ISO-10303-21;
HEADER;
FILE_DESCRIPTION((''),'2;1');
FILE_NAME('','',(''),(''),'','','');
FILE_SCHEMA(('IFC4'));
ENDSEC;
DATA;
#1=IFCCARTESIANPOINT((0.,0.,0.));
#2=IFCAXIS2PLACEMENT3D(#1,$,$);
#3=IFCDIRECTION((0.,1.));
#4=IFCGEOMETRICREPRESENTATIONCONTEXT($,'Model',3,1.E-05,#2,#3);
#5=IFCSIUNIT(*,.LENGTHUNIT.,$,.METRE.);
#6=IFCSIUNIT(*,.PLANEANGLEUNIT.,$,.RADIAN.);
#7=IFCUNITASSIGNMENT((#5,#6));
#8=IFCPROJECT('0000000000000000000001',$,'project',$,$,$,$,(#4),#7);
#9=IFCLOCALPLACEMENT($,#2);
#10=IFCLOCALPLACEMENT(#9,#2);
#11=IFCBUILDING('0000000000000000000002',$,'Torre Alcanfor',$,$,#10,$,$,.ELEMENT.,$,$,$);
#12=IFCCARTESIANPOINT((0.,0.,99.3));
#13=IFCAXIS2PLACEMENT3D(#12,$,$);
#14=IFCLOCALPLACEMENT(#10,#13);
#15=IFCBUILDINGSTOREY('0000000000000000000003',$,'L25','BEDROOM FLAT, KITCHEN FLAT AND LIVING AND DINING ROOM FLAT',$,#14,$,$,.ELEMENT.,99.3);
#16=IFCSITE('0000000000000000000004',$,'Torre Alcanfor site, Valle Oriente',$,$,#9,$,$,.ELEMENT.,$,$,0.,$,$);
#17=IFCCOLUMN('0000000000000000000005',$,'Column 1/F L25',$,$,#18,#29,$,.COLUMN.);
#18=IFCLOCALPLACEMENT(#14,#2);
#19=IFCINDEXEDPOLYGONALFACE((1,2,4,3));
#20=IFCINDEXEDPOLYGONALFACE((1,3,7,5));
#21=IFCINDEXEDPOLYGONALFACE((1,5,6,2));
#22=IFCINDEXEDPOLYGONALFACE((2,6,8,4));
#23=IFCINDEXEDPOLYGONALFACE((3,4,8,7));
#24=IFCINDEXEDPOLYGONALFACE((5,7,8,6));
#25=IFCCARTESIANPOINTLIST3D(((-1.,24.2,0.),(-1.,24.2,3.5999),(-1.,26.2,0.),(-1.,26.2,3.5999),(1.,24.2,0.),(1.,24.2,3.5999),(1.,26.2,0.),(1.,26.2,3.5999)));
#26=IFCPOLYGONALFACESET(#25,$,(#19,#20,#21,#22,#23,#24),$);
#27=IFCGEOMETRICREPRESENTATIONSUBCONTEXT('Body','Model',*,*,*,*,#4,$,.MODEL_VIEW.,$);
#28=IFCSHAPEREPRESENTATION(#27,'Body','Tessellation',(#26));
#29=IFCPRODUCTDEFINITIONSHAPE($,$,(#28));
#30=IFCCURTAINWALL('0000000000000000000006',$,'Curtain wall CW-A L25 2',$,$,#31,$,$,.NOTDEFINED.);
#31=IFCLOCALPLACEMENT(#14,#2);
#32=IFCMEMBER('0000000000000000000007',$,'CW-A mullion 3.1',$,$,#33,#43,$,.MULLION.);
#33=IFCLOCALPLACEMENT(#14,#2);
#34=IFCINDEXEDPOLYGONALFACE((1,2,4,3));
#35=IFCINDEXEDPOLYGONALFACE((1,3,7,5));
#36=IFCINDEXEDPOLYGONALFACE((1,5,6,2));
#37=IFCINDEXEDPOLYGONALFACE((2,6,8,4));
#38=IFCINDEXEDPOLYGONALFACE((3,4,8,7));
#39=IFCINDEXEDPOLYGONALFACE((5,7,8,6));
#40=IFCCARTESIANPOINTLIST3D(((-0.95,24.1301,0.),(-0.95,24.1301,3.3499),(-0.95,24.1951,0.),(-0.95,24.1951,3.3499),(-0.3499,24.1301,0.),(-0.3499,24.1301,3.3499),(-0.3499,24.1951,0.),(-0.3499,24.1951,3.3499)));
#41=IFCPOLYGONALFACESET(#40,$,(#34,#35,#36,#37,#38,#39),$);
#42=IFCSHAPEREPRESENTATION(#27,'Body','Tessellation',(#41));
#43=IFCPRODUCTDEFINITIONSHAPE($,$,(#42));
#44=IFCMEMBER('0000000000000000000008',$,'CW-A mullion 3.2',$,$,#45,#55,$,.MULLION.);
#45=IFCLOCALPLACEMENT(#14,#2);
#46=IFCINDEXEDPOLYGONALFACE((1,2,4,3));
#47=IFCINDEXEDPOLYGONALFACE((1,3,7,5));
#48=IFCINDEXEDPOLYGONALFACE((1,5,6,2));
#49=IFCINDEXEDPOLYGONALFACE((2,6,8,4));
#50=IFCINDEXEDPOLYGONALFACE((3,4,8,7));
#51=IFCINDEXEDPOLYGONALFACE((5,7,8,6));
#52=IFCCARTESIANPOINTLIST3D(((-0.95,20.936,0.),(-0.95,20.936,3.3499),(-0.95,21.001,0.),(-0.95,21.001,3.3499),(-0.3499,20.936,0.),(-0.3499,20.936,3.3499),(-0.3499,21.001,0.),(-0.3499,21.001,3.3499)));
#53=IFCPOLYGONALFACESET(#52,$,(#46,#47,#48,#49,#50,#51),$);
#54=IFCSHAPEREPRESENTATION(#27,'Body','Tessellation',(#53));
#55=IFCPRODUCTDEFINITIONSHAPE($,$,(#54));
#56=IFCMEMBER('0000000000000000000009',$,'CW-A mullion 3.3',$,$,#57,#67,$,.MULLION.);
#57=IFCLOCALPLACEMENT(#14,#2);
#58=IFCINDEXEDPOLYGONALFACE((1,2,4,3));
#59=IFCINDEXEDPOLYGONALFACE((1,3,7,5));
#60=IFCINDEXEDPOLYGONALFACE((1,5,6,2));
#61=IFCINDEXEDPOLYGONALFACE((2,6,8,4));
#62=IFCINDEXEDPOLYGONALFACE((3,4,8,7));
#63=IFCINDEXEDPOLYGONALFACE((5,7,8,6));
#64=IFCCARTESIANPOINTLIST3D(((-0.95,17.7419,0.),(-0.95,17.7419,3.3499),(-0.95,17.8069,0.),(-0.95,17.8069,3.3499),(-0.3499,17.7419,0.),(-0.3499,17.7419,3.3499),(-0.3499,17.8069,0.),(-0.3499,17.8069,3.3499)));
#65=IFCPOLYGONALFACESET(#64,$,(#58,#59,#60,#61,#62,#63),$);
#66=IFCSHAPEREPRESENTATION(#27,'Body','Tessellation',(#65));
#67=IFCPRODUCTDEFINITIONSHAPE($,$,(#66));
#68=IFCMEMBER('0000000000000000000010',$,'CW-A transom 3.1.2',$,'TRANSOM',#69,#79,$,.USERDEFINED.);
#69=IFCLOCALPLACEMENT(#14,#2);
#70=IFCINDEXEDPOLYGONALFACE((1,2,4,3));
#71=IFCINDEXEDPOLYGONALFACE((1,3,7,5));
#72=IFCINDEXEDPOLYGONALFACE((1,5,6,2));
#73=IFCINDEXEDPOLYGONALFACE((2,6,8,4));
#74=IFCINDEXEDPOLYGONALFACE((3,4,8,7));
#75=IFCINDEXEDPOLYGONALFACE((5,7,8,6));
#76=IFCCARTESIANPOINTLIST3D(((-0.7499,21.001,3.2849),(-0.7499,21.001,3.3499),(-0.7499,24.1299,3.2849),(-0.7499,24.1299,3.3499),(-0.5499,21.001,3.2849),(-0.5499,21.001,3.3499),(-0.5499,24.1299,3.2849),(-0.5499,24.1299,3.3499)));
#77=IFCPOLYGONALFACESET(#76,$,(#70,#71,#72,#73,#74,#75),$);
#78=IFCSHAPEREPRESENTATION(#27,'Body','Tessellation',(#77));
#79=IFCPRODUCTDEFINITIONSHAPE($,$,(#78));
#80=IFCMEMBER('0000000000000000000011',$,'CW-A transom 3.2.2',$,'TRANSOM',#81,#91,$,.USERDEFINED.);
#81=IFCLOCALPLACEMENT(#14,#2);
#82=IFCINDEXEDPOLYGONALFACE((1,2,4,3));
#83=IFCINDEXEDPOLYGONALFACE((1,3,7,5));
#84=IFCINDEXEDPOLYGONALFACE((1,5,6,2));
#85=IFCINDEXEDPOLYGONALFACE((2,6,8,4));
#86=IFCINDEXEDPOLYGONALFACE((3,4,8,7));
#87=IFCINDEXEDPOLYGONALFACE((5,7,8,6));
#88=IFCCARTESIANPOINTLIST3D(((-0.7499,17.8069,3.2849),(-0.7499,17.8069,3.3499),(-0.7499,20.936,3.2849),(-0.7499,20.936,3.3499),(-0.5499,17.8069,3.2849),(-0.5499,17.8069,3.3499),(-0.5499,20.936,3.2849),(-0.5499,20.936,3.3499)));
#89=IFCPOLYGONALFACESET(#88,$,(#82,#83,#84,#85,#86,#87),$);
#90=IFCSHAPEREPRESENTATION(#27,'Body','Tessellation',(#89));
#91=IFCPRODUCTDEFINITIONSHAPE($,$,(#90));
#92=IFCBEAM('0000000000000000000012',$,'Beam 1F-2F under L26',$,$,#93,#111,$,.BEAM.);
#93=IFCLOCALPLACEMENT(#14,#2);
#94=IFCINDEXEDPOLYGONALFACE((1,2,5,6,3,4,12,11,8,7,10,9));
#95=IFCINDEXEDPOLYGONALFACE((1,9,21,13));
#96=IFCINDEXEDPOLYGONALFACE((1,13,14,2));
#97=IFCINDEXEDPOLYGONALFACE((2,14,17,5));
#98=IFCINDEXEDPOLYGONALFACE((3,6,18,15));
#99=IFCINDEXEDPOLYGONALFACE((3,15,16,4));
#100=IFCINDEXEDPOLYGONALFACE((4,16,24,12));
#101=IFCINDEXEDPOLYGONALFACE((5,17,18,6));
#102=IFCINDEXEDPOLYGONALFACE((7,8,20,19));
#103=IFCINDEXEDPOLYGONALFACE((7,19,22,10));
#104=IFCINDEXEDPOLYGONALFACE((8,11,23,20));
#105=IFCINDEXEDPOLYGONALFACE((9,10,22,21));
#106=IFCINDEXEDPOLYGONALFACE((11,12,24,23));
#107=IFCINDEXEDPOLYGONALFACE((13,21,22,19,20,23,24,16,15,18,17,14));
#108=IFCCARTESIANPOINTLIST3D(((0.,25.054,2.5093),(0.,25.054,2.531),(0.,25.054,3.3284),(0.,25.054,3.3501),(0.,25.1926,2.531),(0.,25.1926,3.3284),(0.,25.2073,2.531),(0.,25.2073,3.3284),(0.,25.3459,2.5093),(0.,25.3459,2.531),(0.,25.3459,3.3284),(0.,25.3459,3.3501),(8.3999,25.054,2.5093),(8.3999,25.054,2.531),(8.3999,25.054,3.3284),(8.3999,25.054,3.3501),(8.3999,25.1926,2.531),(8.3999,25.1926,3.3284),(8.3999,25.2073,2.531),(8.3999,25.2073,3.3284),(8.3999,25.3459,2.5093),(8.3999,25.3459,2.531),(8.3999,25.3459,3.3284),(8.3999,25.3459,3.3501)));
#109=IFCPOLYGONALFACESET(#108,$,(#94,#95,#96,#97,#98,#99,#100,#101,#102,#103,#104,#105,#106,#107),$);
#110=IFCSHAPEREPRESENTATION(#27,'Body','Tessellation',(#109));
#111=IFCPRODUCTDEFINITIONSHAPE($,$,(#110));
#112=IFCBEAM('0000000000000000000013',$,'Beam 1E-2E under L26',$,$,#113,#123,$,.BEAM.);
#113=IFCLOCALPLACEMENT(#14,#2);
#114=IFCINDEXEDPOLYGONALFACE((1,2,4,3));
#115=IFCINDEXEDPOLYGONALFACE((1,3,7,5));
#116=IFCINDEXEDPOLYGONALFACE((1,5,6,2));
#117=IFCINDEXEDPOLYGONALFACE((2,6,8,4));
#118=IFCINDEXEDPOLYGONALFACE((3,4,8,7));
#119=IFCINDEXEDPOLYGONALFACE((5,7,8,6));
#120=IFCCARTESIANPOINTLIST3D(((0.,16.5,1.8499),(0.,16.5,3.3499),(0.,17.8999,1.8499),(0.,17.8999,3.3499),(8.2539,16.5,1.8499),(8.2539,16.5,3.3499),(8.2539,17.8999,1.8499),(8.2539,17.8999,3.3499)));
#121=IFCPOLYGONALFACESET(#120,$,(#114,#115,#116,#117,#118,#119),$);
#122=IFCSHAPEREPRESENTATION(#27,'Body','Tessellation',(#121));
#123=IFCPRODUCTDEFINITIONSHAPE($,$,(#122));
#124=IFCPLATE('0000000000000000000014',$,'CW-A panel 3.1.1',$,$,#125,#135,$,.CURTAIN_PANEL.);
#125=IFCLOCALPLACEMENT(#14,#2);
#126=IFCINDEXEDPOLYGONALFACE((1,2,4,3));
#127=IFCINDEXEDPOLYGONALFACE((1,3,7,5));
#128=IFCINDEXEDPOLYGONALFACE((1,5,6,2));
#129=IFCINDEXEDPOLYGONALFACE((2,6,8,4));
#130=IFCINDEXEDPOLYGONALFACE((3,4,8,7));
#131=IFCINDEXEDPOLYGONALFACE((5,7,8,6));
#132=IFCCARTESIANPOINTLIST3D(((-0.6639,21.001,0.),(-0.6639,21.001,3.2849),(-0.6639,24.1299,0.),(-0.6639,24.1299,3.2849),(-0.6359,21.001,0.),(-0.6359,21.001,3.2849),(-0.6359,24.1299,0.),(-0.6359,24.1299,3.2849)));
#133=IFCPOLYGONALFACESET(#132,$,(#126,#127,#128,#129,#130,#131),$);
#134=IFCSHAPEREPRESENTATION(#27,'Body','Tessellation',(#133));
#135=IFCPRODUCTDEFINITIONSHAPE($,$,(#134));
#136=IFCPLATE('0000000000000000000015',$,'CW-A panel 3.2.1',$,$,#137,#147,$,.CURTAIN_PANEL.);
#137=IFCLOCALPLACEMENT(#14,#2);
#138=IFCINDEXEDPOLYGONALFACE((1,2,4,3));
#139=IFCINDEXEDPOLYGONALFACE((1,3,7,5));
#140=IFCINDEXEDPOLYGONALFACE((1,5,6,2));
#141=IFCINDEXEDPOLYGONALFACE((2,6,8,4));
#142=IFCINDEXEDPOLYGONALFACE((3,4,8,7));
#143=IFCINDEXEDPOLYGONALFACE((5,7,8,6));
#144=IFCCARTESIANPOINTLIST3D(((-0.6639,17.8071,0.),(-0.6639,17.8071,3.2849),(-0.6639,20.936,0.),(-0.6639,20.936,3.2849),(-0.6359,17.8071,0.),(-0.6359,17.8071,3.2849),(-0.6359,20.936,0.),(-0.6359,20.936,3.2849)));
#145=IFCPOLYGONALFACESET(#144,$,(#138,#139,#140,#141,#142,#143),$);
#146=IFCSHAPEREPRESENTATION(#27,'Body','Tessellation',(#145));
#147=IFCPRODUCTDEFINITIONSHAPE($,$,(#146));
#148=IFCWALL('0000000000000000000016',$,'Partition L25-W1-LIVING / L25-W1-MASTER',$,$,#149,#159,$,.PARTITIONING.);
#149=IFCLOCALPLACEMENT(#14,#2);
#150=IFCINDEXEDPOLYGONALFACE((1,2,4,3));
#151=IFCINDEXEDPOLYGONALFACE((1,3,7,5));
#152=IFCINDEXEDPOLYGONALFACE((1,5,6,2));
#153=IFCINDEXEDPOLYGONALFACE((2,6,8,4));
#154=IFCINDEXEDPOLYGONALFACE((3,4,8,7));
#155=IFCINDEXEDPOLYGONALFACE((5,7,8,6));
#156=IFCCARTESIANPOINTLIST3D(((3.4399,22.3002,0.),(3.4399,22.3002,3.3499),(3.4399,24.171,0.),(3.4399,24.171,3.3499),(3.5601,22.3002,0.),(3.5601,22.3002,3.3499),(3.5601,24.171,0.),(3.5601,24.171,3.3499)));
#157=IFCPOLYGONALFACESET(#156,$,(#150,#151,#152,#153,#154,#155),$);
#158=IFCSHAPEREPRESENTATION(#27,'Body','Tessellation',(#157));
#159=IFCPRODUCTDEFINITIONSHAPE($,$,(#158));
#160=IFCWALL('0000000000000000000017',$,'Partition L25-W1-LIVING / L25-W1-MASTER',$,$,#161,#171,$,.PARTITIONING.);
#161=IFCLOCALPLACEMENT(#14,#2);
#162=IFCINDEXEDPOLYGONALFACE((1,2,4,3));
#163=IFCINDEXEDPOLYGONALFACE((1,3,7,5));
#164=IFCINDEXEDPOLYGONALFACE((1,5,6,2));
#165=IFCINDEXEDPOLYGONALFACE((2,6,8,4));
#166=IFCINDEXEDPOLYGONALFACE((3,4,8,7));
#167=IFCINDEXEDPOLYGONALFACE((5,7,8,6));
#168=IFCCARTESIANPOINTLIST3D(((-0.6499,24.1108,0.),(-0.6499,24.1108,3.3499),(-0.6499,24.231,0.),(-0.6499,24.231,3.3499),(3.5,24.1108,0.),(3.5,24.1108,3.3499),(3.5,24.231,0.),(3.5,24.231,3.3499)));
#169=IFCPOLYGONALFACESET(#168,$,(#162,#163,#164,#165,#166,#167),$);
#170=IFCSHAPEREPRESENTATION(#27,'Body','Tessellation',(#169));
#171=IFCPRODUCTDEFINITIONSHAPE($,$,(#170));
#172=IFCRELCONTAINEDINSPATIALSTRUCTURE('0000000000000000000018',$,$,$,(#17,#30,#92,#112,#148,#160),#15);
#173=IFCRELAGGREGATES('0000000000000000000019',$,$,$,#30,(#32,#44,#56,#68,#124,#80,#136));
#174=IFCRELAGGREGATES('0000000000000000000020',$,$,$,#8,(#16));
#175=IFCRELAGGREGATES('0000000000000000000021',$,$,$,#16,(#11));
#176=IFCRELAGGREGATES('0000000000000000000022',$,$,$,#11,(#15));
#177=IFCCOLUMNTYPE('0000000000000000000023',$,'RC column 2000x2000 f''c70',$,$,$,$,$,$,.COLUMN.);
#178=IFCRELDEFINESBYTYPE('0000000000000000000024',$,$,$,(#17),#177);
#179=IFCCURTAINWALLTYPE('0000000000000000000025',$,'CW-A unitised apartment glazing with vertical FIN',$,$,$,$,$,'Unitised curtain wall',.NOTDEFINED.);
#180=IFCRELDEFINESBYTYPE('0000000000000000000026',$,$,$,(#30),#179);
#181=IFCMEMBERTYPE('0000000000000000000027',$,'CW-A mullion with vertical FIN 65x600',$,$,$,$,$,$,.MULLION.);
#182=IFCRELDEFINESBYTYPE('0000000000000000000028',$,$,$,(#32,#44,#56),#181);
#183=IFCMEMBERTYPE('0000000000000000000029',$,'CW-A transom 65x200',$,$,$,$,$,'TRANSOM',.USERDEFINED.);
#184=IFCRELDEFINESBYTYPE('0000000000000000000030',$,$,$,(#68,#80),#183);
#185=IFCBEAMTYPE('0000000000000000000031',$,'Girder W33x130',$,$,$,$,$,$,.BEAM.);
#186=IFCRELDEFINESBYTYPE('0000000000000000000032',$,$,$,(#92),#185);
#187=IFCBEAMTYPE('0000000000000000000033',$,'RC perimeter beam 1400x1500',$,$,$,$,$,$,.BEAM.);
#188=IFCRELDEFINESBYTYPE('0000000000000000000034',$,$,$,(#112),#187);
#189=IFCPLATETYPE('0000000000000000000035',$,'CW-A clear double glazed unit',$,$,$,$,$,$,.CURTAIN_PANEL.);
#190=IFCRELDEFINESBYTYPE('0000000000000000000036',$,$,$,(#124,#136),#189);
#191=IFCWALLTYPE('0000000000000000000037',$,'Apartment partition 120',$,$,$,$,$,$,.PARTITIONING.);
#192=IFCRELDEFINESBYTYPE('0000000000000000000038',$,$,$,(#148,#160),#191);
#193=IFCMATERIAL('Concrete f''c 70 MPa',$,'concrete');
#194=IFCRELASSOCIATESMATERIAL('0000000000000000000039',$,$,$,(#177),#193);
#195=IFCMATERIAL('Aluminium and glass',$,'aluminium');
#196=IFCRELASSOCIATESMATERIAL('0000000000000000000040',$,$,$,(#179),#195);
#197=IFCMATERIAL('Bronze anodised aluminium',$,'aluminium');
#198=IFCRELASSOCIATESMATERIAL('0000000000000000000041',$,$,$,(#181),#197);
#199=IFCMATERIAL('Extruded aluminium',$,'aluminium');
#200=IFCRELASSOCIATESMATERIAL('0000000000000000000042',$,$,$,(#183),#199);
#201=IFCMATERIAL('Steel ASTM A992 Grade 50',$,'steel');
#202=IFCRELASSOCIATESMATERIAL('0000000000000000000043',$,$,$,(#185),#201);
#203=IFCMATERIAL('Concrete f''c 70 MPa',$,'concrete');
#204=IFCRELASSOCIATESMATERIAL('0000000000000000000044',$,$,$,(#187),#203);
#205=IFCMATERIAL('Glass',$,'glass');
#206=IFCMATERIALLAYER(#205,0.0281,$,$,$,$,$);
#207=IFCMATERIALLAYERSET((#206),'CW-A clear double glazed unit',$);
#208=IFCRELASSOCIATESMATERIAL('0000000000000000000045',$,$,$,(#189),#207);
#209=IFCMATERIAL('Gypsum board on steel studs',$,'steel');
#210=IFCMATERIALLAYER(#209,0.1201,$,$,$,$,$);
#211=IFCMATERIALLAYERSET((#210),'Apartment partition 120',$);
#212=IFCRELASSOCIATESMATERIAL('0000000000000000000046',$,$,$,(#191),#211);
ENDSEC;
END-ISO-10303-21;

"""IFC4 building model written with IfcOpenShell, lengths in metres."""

from ifc_helpers import new_model, si_unit, direction, frame, frame_2d, origin, origin_2d, place, context, subcontext, project, spatial, rectangle, i_section, extrude, material, layer, layer_set, material_profile, profile_set, type_object, element, aggregate, save


model = new_model("IFC4")

# Units and contexts
model_context = context("Model", 3, precision=1e-05, world=origin(), true_north=direction((0.0, 1.0)))
body_context = subcontext(model_context, "Body", "Model", "MODEL_VIEW")
ifc_project = project(units=[si_unit("LENGTHUNIT", "METRE"), si_unit("PLANEANGLEUNIT", "RADIAN")], contexts=[model_context])

# Site, building, storey
site_placement = place(None, origin())
site = spatial("IfcSite", under=ifc_project, at=site_placement, Name="Torre Alcanfor site, Valle Oriente", CompositionType="ELEMENT", RefElevation=0.0)
building_placement = place(site_placement, origin())
building = spatial("IfcBuilding", under=site, at=building_placement, Name="Torre Alcanfor", CompositionType="ELEMENT")
storey_placement = place(building_placement, frame((0.0, 0.0, 99.3)))
storey = spatial("IfcBuildingStorey", under=building, at=storey_placement, Name="L25", Description="BEDROOM FLAT, KITCHEN FLAT AND LIVING AND DINING ROOM FLAT", CompositionType="ELEMENT", Elevation=99.3)

# Column
ifc_material_1 = material(Name="Concrete f'c 70 MPa", Category="concrete")
ifc_material_profile_1 = material_profile(ifc_material_1, rectangle(XDim=2.0, YDim=2.0, at=origin_2d()), Name="2000x2000")
ifc_profile_set_1 = profile_set([ifc_material_profile_1], Name="Concrete f'c 70 MPa")
column_type = type_object("IfcColumnType", Name="RC column 2000x2000 f'c70", PredefinedType="COLUMN", material=ifc_profile_set_1)
column_placement = place(storey_placement, frame((0.0, 25.2, 0.0), z_axis=(0.0, 0.0, 1.0), x_axis=(1.0, 0.0, 0.0)))
element("IfcColumn", 1, at=column_placement, inside=storey, type_object=column_type, Name="Column 1/F L25", PredefinedType="COLUMN", context=body_context, shape_type="SweptSolid", body=[
    extrude(rectangle(XDim=2.0, YDim=2.0, at=origin_2d()), origin(), (0.0, 0.0, 1.0), 3.5999),
])

# Curtain wall, members
ifc_material_2 = material(Name="Aluminium and glass", Category="aluminium")
curtain_wall_type = type_object("IfcCurtainWallType", Name="CW-A unitised apartment glazing with vertical FIN", ElementType="Unitised curtain wall", PredefinedType="NOTDEFINED", material=ifc_material_2)
curtain_wall_placement = place(storey_placement, origin())
curtain_wall = element("IfcCurtainWall", 2, at=curtain_wall_placement, inside=storey, type_object=curtain_wall_type, Name="Curtain wall CW-A L25 2", PredefinedType="NOTDEFINED")
ifc_material_3 = material(Name="Bronze anodised aluminium", Category="aluminium")
ifc_material_profile_2 = material_profile(ifc_material_3, rectangle(XDim=0.6001, YDim=0.0649, at=origin_2d()), Name="CW-A mullion 65x600")
ifc_profile_set_2 = profile_set([ifc_material_profile_2], Name="Bronze anodised aluminium")
member_type_1 = type_object("IfcMemberType", Name="CW-A mullion with vertical FIN 65x600", PredefinedType="MULLION", material=ifc_profile_set_2)
member_1_placement = place(storey_placement, frame((-0.6499, 24.1626, 0.0), z_axis=(0.0, 0.0, 1.0), x_axis=(1.0, 0.0, 0.0)))
member_1 = element("IfcMember", 3, at=member_1_placement, type_object=member_type_1, Name="CW-A mullion 3.1", PredefinedType="MULLION", context=body_context, shape_type="SweptSolid", body=[
    extrude(rectangle(XDim=0.6001, YDim=0.0649, at=origin_2d()), origin(), (0.0, 0.0, 1.0), 3.3499),
])
member_2_placement = place(storey_placement, frame((-0.6499, 20.9685, 0.0), z_axis=(0.0, 0.0, 1.0), x_axis=(1.0, 0.0, 0.0)))
member_2 = element("IfcMember", 4, at=member_2_placement, type_object=member_type_1, Name="CW-A mullion 3.2", PredefinedType="MULLION", context=body_context, shape_type="SweptSolid", body=[
    extrude(rectangle(XDim=0.6001, YDim=0.0649, at=origin_2d()), origin(), (0.0, 0.0, 1.0), 3.3499),
])
member_3_placement = place(storey_placement, frame((-0.6499, 17.7744, 0.0), z_axis=(0.0, 0.0, 1.0), x_axis=(1.0, 0.0, 0.0)))
member_3 = element("IfcMember", 5, at=member_3_placement, type_object=member_type_1, Name="CW-A mullion 3.3", PredefinedType="MULLION", context=body_context, shape_type="SweptSolid", body=[
    extrude(rectangle(XDim=0.6001, YDim=0.0649, at=origin_2d()), origin(), (0.0, 0.0, 1.0), 3.3499),
])
ifc_material_4 = material(Name="Extruded aluminium", Category="aluminium")
ifc_material_profile_3 = material_profile(ifc_material_4, rectangle(XDim=0.2, YDim=0.0649, at=origin_2d()), Name="CW-A transom 200x65")
ifc_profile_set_3 = profile_set([ifc_material_profile_3], Name="Extruded aluminium")
member_type_2 = type_object("IfcMemberType", Name="CW-A transom 65x200", ElementType="TRANSOM", PredefinedType="USERDEFINED", material=ifc_profile_set_3)
member_4_placement = place(storey_placement, frame((-0.6499, 24.1299, 3.3174), z_axis=(0.0, -1.0, 0.0), x_axis=(1.0, 0.0, 0.0)))
member_4 = element("IfcMember", 6, at=member_4_placement, type_object=member_type_2, Name="CW-A transom 3.1.2", ObjectType="TRANSOM", PredefinedType="USERDEFINED", context=body_context, shape_type="SweptSolid", body=[
    extrude(rectangle(XDim=0.2, YDim=0.0649, at=origin_2d()), origin(), (0.0, 0.0, 1.0), 3.1289),
])
member_5_placement = place(storey_placement, frame((-0.6499, 20.936, 3.3174), z_axis=(0.0, -1.0, 0.0), x_axis=(1.0, 0.0, 0.0)))
member_5 = element("IfcMember", 7, at=member_5_placement, type_object=member_type_2, Name="CW-A transom 3.2.2", ObjectType="TRANSOM", PredefinedType="USERDEFINED", context=body_context, shape_type="SweptSolid", body=[
    extrude(rectangle(XDim=0.2, YDim=0.0649, at=origin_2d()), origin(), (0.0, 0.0, 1.0), 3.1292),
])

# Beams
ifc_material_5 = material(Name="Steel ASTM A992 Grade 50", Category="steel")
ifc_material_profile_4 = material_profile(ifc_material_5, i_section(OverallWidth=0.292, OverallDepth=0.8408, WebThickness=0.0146, FlangeThickness=0.0217, at=origin_2d()), Name="W33x130")
ifc_profile_set_4 = profile_set([ifc_material_profile_4], Name="Steel ASTM A992 Grade 50")
beam_type_1 = type_object("IfcBeamType", Name="Girder W33x130", PredefinedType="BEAM", material=ifc_profile_set_4)
beam_1_placement = place(storey_placement, frame((0.0, 25.2, 2.9297), z_axis=(1.0, 0.0, 0.0), x_axis=(0.0, 1.0, 0.0)))
element("IfcBeam", 8, at=beam_1_placement, inside=storey, type_object=beam_type_1, Name="Beam 1F-2F under L26", PredefinedType="BEAM", context=body_context, shape_type="SweptSolid", body=[
    extrude(i_section(OverallWidth=0.292, OverallDepth=0.8408, WebThickness=0.0146, FlangeThickness=0.0217, at=origin_2d()), origin(), (0.0, 0.0, 1.0), 8.3999),
])
ifc_material_6 = material(Name="Concrete f'c 70 MPa", Category="concrete")
ifc_material_profile_5 = material_profile(ifc_material_6, rectangle(XDim=1.3999, YDim=1.5, at=origin_2d()), Name="1400x1500")
ifc_profile_set_5 = profile_set([ifc_material_profile_5], Name="Concrete f'c 70 MPa")
beam_type_2 = type_object("IfcBeamType", Name="RC perimeter beam 1400x1500", PredefinedType="BEAM", material=ifc_profile_set_5)
beam_2_placement = place(storey_placement, frame((0.0, 17.2, 2.5999), z_axis=(1.0, 0.0, 0.0), x_axis=(0.0, 1.0, 0.0)))
element("IfcBeam", 9, at=beam_2_placement, inside=storey, type_object=beam_type_2, Name="Beam 1E-2E under L26", PredefinedType="BEAM", context=body_context, shape_type="SweptSolid", body=[
    extrude(rectangle(XDim=1.3999, YDim=1.5, at=origin_2d()), origin(), (0.0, 0.0, 1.0), 8.2539),
])

# Plates
ifc_material_7 = material(Name="Glass", Category="glass")
ifc_layer_1 = layer(ifc_material_7, 0.0281)
ifc_layer_set_1 = layer_set([ifc_layer_1], Name="CW-A clear double glazed unit")
plate_type = type_object("IfcPlateType", Name="CW-A clear double glazed unit", PredefinedType="CURTAIN_PANEL", material=ifc_layer_set_1)
plate_1_placement = place(storey_placement, frame((-0.6499, 22.5654, 0.0), z_axis=(0.0, 0.0, 1.0), x_axis=(0.0, -1.0, 0.0)))
plate_1 = element("IfcPlate", 10, at=plate_1_placement, type_object=plate_type, Name="CW-A panel 3.1.1", PredefinedType="CURTAIN_PANEL", context=body_context, shape_type="SweptSolid", body=[
    extrude(rectangle(XDim=3.1289, YDim=0.0281, at=origin_2d()), origin(), (0.0, 0.0, 1.0), 3.2849),
])
plate_2_placement = place(storey_placement, frame((-0.6499, 19.3716, 0.0), z_axis=(0.0, 0.0, 1.0), x_axis=(0.0, -1.0, 0.0)))
plate_2 = element("IfcPlate", 11, at=plate_2_placement, type_object=plate_type, Name="CW-A panel 3.2.1", PredefinedType="CURTAIN_PANEL", context=body_context, shape_type="SweptSolid", body=[
    extrude(rectangle(XDim=3.1289, YDim=0.0281, at=origin_2d()), origin(), (0.0, 0.0, 1.0), 3.2849),
])
aggregate(curtain_wall, [member_1, member_2, member_3, member_4, plate_1, member_5, plate_2])

# Walls
ifc_material_8 = material(Name="Gypsum board on steel studs", Category="steel")
ifc_layer_2 = layer(ifc_material_8, 0.1201)
ifc_layer_set_2 = layer_set([ifc_layer_2], Name="Apartment partition 120")
wall_type_1 = type_object("IfcWallType", Name="Apartment partition 120", PredefinedType="PARTITIONING", material=ifc_layer_set_2)
wall_1_placement = place(storey_placement, frame((3.5, 22.3, 0.0), z_axis=(0.0, 0.0, 1.0), x_axis=(0.0, 1.0, 0.0)))
element("IfcWall", 12, at=wall_1_placement, inside=storey, type_object=wall_type_1, Name="Partition L25-W1-LIVING / L25-W1-MASTER", PredefinedType="PARTITIONING", context=body_context, shape_type="SweptSolid", body=[
    extrude(rectangle(XDim=1.8708, YDim=0.1201, at=frame_2d((0.9355, 0.0))), origin(), (0.0, 0.0, 1.0), 3.3499),
])
wall_2_placement = place(storey_placement, frame((3.5, 24.1709, 0.0), z_axis=(0.0, 0.0, 1.0), x_axis=(-1.0, 0.0, 0.0)))
element("IfcWall", 13, at=wall_2_placement, inside=storey, type_object=wall_type_1, Name="Partition L25-W1-LIVING / L25-W1-MASTER", PredefinedType="PARTITIONING", context=body_context, shape_type="SweptSolid", body=[
    extrude(rectangle(XDim=4.1499, YDim=0.1201, at=frame_2d((2.075, 0.0))), origin(), (0.0, 0.0, 1.0), 3.3499),
])

save(model, "model.ifc")
